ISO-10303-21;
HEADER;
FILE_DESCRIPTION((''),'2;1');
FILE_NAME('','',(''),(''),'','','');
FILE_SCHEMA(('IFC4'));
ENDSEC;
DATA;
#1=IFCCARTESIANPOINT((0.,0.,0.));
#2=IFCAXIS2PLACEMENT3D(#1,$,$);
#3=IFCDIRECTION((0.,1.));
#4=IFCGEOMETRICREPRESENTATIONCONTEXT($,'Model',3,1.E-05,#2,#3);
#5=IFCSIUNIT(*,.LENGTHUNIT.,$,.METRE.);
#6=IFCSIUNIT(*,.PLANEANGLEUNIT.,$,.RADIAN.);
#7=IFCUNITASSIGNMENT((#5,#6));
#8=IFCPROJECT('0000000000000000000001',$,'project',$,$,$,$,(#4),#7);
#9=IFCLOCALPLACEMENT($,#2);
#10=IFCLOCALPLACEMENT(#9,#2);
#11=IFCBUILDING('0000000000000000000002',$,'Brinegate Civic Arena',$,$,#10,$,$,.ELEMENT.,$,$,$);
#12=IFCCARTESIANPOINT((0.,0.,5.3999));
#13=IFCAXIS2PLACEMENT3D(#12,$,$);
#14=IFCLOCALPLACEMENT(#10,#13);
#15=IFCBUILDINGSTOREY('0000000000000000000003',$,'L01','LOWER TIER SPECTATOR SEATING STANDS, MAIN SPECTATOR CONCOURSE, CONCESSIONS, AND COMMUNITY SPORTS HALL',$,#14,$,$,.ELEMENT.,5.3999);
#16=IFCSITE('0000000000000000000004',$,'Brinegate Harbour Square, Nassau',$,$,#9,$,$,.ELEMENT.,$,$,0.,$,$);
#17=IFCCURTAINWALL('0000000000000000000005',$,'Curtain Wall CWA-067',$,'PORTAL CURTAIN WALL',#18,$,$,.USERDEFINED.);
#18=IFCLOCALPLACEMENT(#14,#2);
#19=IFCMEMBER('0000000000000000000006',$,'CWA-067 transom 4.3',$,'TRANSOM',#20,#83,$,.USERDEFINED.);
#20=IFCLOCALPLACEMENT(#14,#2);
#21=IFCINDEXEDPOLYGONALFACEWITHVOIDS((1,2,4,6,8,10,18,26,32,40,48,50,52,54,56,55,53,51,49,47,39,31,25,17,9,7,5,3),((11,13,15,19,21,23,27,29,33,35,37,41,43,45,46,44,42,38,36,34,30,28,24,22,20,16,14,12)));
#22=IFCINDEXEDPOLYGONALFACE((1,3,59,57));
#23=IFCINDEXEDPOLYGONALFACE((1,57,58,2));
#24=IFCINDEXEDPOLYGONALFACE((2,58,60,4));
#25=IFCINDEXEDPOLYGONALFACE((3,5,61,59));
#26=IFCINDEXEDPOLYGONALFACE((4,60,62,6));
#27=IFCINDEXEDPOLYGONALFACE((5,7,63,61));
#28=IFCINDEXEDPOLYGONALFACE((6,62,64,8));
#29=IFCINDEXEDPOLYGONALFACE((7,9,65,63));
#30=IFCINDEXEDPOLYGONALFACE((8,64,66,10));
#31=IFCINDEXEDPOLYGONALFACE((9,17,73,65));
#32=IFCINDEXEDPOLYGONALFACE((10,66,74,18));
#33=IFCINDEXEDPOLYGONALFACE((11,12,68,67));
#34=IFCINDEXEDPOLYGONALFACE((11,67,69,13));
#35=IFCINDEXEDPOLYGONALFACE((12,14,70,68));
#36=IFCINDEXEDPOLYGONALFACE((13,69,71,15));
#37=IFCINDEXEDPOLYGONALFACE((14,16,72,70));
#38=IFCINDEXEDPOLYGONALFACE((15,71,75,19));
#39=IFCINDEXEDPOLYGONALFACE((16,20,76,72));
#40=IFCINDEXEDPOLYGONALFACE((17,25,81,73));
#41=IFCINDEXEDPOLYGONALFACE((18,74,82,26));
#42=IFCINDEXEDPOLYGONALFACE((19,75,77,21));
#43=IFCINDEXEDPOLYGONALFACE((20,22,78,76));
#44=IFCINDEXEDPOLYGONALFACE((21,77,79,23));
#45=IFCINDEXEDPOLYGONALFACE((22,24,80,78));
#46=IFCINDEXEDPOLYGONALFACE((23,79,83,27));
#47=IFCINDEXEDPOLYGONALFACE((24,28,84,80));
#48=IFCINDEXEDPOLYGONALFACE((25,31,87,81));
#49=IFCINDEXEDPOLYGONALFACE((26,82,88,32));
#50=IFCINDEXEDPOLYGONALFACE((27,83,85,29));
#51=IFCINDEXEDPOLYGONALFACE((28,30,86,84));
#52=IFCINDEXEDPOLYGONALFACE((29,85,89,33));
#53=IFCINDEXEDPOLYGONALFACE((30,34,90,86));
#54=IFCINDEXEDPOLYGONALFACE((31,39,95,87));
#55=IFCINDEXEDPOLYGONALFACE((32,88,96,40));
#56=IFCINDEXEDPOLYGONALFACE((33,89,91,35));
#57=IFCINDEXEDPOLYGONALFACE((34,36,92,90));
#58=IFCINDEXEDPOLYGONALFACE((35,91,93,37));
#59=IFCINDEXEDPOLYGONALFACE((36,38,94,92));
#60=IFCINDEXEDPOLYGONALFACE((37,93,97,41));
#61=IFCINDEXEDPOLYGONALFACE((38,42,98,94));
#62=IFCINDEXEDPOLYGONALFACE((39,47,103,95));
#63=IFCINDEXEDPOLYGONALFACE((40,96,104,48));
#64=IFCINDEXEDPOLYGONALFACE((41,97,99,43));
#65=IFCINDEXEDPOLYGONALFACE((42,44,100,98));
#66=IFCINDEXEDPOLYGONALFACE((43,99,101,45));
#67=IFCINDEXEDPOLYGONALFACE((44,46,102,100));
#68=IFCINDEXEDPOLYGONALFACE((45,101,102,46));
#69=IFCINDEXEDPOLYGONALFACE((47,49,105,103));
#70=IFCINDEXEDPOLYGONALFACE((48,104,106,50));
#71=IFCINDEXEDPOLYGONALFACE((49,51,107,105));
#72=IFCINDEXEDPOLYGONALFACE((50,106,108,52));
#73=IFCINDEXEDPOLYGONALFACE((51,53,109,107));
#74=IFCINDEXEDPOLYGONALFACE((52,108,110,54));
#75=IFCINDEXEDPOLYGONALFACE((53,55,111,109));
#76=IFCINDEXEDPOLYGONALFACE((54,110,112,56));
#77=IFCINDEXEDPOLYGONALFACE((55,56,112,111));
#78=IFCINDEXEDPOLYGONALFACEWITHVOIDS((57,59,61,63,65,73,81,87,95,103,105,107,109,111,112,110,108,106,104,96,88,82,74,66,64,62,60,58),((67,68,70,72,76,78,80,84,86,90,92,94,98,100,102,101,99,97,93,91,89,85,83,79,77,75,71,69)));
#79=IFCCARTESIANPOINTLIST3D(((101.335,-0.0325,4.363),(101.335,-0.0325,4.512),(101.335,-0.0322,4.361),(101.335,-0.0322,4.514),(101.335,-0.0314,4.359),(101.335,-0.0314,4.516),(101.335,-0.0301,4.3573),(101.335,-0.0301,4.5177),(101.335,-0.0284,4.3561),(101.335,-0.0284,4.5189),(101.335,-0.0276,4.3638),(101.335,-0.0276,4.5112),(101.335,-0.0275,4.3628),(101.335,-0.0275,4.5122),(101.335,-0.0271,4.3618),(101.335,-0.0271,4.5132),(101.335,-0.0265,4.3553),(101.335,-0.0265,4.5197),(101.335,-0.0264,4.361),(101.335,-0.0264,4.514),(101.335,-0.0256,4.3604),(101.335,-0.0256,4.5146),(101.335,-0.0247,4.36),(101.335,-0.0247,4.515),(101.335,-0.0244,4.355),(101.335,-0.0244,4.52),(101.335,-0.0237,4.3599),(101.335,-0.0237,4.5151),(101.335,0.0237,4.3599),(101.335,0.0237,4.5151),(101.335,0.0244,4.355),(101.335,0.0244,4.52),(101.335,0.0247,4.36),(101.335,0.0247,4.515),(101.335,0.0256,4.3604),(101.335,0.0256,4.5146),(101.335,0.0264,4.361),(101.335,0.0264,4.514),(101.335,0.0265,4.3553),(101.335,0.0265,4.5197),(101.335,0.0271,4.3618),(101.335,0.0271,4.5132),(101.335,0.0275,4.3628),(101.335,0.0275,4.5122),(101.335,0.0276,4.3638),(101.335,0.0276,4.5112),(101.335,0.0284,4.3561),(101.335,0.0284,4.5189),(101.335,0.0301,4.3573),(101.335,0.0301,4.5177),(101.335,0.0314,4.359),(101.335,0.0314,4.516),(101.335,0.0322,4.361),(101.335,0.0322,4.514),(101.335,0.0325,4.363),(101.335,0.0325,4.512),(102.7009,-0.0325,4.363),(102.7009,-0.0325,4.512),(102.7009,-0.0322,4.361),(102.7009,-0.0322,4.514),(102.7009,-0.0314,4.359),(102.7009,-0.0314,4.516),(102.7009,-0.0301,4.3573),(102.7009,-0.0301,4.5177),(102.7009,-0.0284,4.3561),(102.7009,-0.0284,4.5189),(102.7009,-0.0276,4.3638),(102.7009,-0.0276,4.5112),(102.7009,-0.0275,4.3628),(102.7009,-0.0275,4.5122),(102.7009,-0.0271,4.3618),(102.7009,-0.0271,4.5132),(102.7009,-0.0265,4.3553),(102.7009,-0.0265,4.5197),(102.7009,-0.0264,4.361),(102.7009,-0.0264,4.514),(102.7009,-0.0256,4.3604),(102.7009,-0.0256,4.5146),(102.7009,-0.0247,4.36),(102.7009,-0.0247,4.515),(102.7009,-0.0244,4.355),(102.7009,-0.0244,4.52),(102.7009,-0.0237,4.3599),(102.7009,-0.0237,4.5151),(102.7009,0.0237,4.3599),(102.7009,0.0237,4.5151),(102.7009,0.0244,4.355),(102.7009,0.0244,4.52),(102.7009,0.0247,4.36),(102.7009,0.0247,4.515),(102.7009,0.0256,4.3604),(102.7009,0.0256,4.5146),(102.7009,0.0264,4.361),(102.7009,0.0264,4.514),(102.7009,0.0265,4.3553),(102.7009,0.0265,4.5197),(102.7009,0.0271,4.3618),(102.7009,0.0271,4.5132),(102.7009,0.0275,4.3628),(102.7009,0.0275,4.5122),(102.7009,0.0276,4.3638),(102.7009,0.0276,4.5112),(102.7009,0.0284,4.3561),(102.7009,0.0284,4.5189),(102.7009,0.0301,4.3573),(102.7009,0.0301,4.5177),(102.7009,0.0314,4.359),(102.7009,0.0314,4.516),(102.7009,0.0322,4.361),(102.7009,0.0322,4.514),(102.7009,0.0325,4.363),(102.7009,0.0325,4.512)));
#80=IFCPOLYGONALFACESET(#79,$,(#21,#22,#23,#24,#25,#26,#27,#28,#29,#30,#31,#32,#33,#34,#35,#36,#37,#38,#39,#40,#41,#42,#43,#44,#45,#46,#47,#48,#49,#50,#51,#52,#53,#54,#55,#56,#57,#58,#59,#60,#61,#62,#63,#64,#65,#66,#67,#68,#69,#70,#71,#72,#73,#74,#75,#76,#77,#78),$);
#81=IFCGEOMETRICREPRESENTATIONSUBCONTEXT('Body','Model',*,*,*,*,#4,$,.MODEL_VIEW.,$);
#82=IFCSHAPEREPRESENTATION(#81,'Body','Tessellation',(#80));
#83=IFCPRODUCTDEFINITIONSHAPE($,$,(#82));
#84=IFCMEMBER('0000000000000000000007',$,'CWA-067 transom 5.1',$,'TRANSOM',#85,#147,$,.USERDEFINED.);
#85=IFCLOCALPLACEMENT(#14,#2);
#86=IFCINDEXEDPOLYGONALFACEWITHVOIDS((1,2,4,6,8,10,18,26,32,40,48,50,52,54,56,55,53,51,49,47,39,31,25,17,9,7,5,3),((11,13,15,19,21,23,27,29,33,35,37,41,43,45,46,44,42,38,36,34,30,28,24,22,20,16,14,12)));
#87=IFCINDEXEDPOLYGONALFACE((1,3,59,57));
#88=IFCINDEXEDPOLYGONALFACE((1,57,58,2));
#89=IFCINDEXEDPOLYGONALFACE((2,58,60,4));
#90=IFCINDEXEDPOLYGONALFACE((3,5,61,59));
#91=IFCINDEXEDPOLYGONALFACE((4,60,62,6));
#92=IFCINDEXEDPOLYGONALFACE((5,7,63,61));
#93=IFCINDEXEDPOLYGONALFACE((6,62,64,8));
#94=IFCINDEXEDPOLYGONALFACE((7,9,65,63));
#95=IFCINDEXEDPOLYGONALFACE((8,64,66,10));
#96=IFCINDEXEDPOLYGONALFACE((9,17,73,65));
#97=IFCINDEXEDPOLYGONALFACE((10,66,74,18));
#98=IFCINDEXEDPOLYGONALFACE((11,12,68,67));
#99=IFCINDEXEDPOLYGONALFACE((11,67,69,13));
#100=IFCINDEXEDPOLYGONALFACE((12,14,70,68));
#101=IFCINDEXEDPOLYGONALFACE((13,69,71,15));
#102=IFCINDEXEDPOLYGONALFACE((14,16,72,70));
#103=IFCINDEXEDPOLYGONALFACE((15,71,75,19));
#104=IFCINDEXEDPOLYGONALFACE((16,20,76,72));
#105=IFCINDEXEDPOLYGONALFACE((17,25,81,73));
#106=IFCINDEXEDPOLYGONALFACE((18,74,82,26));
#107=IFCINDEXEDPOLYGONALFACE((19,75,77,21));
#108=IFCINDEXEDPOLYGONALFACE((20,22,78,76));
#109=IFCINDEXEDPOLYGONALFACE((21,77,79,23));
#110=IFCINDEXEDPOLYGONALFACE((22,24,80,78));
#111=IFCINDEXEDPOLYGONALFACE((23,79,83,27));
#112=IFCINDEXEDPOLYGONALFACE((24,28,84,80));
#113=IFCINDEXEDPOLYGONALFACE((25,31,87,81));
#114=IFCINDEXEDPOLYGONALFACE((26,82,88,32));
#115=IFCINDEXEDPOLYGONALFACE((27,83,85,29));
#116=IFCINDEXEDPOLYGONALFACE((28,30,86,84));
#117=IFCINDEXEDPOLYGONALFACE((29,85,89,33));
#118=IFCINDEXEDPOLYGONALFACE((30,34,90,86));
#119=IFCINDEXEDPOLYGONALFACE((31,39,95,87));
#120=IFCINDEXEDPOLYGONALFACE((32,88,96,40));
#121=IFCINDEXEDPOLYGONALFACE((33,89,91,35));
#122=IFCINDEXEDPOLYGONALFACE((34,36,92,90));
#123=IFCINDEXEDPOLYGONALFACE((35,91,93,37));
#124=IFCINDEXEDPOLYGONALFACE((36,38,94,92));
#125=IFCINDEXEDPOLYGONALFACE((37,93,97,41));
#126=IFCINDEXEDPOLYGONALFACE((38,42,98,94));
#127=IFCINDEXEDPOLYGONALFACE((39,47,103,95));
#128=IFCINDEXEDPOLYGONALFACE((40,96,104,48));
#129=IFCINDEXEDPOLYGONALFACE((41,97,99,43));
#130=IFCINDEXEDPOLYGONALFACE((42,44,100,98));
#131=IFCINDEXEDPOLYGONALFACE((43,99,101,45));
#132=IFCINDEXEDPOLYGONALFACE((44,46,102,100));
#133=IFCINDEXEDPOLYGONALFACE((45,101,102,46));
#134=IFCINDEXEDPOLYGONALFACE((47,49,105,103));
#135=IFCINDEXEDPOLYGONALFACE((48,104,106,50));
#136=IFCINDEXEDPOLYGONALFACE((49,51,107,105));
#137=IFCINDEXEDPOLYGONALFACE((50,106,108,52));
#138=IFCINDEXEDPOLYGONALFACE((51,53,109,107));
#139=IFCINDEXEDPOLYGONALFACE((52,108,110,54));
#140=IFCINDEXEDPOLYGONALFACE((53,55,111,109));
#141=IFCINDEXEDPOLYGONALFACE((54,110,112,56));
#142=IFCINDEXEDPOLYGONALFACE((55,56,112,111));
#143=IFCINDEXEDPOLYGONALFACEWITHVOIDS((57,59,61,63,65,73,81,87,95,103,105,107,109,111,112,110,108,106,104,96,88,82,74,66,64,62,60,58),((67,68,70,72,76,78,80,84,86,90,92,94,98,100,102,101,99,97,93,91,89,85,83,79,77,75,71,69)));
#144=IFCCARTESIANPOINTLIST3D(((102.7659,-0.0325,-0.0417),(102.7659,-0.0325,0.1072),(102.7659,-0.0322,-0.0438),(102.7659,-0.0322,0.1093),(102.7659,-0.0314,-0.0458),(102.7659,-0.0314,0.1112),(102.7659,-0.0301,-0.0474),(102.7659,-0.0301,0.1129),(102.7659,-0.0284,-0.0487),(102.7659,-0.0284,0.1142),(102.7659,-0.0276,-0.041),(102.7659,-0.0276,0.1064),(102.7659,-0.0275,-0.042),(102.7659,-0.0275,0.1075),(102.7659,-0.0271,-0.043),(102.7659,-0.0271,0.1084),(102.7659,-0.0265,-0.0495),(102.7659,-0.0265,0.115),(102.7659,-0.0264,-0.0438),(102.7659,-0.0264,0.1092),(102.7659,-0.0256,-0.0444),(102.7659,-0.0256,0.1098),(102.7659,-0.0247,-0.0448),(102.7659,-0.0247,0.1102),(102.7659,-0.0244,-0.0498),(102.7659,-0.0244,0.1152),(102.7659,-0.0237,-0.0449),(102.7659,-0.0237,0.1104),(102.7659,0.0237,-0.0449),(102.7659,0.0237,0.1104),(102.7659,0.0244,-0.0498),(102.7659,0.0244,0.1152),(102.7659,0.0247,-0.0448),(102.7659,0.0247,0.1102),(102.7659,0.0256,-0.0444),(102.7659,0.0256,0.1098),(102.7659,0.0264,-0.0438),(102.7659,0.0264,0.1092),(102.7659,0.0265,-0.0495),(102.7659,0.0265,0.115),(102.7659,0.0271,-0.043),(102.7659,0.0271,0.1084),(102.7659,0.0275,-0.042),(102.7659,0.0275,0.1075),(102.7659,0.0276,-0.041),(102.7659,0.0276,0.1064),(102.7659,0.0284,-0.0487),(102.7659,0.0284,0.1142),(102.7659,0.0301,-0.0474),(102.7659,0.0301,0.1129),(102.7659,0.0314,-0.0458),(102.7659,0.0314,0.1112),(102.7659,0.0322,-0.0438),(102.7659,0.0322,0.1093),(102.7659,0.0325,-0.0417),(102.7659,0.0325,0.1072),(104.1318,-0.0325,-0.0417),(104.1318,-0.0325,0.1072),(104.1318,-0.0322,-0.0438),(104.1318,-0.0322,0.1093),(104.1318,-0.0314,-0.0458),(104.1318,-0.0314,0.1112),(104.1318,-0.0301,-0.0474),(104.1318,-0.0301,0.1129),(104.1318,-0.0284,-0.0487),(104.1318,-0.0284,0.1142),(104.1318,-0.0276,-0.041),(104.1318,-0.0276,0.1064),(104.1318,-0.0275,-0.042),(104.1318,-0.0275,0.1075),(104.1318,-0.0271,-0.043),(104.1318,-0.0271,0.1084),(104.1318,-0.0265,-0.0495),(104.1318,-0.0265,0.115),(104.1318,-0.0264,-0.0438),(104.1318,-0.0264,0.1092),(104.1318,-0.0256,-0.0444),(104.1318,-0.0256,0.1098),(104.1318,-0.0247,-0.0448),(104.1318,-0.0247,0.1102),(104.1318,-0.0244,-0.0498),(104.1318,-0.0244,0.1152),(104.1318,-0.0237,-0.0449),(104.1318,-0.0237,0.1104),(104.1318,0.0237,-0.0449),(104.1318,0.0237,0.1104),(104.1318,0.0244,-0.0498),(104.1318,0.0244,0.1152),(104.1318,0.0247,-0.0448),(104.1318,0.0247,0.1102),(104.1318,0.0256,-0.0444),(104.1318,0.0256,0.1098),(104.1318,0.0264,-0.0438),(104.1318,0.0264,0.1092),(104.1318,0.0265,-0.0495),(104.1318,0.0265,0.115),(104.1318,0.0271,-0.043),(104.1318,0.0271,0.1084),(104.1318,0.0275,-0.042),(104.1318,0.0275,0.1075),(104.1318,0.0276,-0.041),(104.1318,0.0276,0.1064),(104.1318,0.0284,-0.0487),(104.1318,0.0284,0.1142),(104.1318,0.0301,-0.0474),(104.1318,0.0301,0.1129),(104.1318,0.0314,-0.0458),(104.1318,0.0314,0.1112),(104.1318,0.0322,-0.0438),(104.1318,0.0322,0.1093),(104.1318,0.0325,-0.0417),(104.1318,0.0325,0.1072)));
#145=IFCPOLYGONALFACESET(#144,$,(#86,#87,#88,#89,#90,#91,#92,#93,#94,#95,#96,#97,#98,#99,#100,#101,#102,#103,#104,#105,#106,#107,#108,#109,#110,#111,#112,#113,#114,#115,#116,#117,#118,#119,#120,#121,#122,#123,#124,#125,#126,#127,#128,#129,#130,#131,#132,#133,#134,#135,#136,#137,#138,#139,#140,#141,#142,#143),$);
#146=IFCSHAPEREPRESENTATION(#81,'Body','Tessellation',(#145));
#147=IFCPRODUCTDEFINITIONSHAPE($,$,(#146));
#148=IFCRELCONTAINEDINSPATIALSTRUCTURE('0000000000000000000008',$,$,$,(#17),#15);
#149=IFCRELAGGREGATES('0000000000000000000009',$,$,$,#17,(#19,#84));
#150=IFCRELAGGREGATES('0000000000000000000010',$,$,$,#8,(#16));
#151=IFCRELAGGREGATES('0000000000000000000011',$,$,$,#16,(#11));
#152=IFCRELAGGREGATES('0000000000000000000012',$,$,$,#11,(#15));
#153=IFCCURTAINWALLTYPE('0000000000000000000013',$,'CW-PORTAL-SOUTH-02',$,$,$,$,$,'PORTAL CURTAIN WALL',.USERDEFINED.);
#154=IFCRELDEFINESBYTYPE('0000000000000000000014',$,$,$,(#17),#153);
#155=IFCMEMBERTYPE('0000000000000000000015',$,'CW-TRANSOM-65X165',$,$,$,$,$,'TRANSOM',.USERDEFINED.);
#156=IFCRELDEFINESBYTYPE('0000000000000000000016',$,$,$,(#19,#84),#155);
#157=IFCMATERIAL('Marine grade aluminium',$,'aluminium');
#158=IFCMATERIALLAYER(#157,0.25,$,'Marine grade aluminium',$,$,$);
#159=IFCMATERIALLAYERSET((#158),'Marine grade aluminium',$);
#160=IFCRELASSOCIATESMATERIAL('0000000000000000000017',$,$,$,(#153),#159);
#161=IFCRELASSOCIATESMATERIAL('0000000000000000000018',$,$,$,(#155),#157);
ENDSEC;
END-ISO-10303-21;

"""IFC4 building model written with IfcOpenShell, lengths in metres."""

from ifc_helpers import new_model, si_unit, direction, frame, origin, origin_2d, place, context, subcontext, project, spatial, hollow_rectangle, extrude, material, layer, layer_set, material_profile, profile_set, type_object, element, aggregate, save


model = new_model("IFC4")

# Units and contexts
model_context = context("Model", 3, precision=1e-05, world=origin(), true_north=direction((0.0, 1.0)))
body_context = subcontext(model_context, "Body", "Model", "MODEL_VIEW")
ifc_project = project(units=[si_unit("LENGTHUNIT", "METRE"), si_unit("PLANEANGLEUNIT", "RADIAN")], contexts=[model_context])

# Site, building, storey
site_placement = place(None, origin())
site = spatial("IfcSite", under=ifc_project, at=site_placement, Name="Brinegate Harbour Square, Nassau", CompositionType="ELEMENT", RefElevation=0.0)
building_placement = place(site_placement, origin())
building = spatial("IfcBuilding", under=site, at=building_placement, Name="Brinegate Civic Arena", CompositionType="ELEMENT")
storey_placement = place(building_placement, frame((0.0, 0.0, 5.3999)))
storey = spatial("IfcBuildingStorey", under=building, at=storey_placement, Name="L01", Description="LOWER TIER SPECTATOR SEATING STANDS, MAIN SPECTATOR CONCOURSE, CONCESSIONS, AND COMMUNITY SPORTS HALL", CompositionType="ELEMENT", Elevation=5.3999)

# Curtain wall, members
ifc_material_1 = material(Name="Marine grade aluminium", Category="aluminium")
ifc_layer_1 = layer(ifc_material_1, 0.25, Name="Marine grade aluminium")
ifc_layer_set_1 = layer_set([ifc_layer_1], Name="Marine grade aluminium")
curtain_wall_type = type_object("IfcCurtainWallType", Name="CW-PORTAL-SOUTH-02", ElementType="PORTAL CURTAIN WALL", PredefinedType="USERDEFINED", material=ifc_layer_set_1)
curtain_wall_placement = place(storey_placement, origin())
curtain_wall = element("IfcCurtainWall", 1, at=curtain_wall_placement, inside=storey, type_object=curtain_wall_type, Name="Curtain Wall CWA-067", ObjectType="PORTAL CURTAIN WALL", PredefinedType="USERDEFINED")
ifc_material_profile_1 = material_profile(ifc_material_1, hollow_rectangle(XDim=0.0649, YDim=0.165, WallThickness=0.0049, InnerFilletRadius=0.0039, OuterFilletRadius=0.0081, at=origin_2d()), Name="TRN65X165")
ifc_profile_set_1 = profile_set([ifc_material_profile_1], Name="Marine grade aluminium")
member_type_1 = type_object("IfcMemberType", Name="CW-TRANSOM-65X165", ElementType="TRANSOM", PredefinedType="USERDEFINED", material=ifc_profile_set_1)
member_1_placement = place(storey_placement, frame((101.335, 0.0, 4.4375), z_axis=(1.0, 0.0, 0.0), x_axis=(0.0, 1.0, 0.0)))
member_1 = element("IfcMember", 2, at=member_1_placement, type_object=member_type_1, Name="CWA-067 transom 4.3", ObjectType="TRANSOM", PredefinedType="USERDEFINED", context=body_context, shape_type="SweptSolid", body=[
    extrude(hollow_rectangle(XDim=0.0649, YDim=0.165, WallThickness=0.0049, InnerFilletRadius=0.0039, OuterFilletRadius=0.0081, at=origin_2d()), origin(), (0.0, 0.0, 1.0), 1.366),
])
member_2_placement = place(storey_placement, frame((102.7659, 0.0, 0.0327), z_axis=(1.0, 0.0, 0.0), x_axis=(0.0, 1.0, 0.0)))
member_2 = element("IfcMember", 3, at=member_2_placement, type_object=member_type_1, Name="CWA-067 transom 5.1", ObjectType="TRANSOM", PredefinedType="USERDEFINED", context=body_context, shape_type="SweptSolid", body=[
    extrude(hollow_rectangle(XDim=0.0649, YDim=0.165, WallThickness=0.0049, InnerFilletRadius=0.0039, OuterFilletRadius=0.0081, at=origin_2d()), origin(), (0.0, 0.0, 1.0), 1.366),
])
aggregate(curtain_wall, [member_1, member_2])

save(model, "model.ifc")
